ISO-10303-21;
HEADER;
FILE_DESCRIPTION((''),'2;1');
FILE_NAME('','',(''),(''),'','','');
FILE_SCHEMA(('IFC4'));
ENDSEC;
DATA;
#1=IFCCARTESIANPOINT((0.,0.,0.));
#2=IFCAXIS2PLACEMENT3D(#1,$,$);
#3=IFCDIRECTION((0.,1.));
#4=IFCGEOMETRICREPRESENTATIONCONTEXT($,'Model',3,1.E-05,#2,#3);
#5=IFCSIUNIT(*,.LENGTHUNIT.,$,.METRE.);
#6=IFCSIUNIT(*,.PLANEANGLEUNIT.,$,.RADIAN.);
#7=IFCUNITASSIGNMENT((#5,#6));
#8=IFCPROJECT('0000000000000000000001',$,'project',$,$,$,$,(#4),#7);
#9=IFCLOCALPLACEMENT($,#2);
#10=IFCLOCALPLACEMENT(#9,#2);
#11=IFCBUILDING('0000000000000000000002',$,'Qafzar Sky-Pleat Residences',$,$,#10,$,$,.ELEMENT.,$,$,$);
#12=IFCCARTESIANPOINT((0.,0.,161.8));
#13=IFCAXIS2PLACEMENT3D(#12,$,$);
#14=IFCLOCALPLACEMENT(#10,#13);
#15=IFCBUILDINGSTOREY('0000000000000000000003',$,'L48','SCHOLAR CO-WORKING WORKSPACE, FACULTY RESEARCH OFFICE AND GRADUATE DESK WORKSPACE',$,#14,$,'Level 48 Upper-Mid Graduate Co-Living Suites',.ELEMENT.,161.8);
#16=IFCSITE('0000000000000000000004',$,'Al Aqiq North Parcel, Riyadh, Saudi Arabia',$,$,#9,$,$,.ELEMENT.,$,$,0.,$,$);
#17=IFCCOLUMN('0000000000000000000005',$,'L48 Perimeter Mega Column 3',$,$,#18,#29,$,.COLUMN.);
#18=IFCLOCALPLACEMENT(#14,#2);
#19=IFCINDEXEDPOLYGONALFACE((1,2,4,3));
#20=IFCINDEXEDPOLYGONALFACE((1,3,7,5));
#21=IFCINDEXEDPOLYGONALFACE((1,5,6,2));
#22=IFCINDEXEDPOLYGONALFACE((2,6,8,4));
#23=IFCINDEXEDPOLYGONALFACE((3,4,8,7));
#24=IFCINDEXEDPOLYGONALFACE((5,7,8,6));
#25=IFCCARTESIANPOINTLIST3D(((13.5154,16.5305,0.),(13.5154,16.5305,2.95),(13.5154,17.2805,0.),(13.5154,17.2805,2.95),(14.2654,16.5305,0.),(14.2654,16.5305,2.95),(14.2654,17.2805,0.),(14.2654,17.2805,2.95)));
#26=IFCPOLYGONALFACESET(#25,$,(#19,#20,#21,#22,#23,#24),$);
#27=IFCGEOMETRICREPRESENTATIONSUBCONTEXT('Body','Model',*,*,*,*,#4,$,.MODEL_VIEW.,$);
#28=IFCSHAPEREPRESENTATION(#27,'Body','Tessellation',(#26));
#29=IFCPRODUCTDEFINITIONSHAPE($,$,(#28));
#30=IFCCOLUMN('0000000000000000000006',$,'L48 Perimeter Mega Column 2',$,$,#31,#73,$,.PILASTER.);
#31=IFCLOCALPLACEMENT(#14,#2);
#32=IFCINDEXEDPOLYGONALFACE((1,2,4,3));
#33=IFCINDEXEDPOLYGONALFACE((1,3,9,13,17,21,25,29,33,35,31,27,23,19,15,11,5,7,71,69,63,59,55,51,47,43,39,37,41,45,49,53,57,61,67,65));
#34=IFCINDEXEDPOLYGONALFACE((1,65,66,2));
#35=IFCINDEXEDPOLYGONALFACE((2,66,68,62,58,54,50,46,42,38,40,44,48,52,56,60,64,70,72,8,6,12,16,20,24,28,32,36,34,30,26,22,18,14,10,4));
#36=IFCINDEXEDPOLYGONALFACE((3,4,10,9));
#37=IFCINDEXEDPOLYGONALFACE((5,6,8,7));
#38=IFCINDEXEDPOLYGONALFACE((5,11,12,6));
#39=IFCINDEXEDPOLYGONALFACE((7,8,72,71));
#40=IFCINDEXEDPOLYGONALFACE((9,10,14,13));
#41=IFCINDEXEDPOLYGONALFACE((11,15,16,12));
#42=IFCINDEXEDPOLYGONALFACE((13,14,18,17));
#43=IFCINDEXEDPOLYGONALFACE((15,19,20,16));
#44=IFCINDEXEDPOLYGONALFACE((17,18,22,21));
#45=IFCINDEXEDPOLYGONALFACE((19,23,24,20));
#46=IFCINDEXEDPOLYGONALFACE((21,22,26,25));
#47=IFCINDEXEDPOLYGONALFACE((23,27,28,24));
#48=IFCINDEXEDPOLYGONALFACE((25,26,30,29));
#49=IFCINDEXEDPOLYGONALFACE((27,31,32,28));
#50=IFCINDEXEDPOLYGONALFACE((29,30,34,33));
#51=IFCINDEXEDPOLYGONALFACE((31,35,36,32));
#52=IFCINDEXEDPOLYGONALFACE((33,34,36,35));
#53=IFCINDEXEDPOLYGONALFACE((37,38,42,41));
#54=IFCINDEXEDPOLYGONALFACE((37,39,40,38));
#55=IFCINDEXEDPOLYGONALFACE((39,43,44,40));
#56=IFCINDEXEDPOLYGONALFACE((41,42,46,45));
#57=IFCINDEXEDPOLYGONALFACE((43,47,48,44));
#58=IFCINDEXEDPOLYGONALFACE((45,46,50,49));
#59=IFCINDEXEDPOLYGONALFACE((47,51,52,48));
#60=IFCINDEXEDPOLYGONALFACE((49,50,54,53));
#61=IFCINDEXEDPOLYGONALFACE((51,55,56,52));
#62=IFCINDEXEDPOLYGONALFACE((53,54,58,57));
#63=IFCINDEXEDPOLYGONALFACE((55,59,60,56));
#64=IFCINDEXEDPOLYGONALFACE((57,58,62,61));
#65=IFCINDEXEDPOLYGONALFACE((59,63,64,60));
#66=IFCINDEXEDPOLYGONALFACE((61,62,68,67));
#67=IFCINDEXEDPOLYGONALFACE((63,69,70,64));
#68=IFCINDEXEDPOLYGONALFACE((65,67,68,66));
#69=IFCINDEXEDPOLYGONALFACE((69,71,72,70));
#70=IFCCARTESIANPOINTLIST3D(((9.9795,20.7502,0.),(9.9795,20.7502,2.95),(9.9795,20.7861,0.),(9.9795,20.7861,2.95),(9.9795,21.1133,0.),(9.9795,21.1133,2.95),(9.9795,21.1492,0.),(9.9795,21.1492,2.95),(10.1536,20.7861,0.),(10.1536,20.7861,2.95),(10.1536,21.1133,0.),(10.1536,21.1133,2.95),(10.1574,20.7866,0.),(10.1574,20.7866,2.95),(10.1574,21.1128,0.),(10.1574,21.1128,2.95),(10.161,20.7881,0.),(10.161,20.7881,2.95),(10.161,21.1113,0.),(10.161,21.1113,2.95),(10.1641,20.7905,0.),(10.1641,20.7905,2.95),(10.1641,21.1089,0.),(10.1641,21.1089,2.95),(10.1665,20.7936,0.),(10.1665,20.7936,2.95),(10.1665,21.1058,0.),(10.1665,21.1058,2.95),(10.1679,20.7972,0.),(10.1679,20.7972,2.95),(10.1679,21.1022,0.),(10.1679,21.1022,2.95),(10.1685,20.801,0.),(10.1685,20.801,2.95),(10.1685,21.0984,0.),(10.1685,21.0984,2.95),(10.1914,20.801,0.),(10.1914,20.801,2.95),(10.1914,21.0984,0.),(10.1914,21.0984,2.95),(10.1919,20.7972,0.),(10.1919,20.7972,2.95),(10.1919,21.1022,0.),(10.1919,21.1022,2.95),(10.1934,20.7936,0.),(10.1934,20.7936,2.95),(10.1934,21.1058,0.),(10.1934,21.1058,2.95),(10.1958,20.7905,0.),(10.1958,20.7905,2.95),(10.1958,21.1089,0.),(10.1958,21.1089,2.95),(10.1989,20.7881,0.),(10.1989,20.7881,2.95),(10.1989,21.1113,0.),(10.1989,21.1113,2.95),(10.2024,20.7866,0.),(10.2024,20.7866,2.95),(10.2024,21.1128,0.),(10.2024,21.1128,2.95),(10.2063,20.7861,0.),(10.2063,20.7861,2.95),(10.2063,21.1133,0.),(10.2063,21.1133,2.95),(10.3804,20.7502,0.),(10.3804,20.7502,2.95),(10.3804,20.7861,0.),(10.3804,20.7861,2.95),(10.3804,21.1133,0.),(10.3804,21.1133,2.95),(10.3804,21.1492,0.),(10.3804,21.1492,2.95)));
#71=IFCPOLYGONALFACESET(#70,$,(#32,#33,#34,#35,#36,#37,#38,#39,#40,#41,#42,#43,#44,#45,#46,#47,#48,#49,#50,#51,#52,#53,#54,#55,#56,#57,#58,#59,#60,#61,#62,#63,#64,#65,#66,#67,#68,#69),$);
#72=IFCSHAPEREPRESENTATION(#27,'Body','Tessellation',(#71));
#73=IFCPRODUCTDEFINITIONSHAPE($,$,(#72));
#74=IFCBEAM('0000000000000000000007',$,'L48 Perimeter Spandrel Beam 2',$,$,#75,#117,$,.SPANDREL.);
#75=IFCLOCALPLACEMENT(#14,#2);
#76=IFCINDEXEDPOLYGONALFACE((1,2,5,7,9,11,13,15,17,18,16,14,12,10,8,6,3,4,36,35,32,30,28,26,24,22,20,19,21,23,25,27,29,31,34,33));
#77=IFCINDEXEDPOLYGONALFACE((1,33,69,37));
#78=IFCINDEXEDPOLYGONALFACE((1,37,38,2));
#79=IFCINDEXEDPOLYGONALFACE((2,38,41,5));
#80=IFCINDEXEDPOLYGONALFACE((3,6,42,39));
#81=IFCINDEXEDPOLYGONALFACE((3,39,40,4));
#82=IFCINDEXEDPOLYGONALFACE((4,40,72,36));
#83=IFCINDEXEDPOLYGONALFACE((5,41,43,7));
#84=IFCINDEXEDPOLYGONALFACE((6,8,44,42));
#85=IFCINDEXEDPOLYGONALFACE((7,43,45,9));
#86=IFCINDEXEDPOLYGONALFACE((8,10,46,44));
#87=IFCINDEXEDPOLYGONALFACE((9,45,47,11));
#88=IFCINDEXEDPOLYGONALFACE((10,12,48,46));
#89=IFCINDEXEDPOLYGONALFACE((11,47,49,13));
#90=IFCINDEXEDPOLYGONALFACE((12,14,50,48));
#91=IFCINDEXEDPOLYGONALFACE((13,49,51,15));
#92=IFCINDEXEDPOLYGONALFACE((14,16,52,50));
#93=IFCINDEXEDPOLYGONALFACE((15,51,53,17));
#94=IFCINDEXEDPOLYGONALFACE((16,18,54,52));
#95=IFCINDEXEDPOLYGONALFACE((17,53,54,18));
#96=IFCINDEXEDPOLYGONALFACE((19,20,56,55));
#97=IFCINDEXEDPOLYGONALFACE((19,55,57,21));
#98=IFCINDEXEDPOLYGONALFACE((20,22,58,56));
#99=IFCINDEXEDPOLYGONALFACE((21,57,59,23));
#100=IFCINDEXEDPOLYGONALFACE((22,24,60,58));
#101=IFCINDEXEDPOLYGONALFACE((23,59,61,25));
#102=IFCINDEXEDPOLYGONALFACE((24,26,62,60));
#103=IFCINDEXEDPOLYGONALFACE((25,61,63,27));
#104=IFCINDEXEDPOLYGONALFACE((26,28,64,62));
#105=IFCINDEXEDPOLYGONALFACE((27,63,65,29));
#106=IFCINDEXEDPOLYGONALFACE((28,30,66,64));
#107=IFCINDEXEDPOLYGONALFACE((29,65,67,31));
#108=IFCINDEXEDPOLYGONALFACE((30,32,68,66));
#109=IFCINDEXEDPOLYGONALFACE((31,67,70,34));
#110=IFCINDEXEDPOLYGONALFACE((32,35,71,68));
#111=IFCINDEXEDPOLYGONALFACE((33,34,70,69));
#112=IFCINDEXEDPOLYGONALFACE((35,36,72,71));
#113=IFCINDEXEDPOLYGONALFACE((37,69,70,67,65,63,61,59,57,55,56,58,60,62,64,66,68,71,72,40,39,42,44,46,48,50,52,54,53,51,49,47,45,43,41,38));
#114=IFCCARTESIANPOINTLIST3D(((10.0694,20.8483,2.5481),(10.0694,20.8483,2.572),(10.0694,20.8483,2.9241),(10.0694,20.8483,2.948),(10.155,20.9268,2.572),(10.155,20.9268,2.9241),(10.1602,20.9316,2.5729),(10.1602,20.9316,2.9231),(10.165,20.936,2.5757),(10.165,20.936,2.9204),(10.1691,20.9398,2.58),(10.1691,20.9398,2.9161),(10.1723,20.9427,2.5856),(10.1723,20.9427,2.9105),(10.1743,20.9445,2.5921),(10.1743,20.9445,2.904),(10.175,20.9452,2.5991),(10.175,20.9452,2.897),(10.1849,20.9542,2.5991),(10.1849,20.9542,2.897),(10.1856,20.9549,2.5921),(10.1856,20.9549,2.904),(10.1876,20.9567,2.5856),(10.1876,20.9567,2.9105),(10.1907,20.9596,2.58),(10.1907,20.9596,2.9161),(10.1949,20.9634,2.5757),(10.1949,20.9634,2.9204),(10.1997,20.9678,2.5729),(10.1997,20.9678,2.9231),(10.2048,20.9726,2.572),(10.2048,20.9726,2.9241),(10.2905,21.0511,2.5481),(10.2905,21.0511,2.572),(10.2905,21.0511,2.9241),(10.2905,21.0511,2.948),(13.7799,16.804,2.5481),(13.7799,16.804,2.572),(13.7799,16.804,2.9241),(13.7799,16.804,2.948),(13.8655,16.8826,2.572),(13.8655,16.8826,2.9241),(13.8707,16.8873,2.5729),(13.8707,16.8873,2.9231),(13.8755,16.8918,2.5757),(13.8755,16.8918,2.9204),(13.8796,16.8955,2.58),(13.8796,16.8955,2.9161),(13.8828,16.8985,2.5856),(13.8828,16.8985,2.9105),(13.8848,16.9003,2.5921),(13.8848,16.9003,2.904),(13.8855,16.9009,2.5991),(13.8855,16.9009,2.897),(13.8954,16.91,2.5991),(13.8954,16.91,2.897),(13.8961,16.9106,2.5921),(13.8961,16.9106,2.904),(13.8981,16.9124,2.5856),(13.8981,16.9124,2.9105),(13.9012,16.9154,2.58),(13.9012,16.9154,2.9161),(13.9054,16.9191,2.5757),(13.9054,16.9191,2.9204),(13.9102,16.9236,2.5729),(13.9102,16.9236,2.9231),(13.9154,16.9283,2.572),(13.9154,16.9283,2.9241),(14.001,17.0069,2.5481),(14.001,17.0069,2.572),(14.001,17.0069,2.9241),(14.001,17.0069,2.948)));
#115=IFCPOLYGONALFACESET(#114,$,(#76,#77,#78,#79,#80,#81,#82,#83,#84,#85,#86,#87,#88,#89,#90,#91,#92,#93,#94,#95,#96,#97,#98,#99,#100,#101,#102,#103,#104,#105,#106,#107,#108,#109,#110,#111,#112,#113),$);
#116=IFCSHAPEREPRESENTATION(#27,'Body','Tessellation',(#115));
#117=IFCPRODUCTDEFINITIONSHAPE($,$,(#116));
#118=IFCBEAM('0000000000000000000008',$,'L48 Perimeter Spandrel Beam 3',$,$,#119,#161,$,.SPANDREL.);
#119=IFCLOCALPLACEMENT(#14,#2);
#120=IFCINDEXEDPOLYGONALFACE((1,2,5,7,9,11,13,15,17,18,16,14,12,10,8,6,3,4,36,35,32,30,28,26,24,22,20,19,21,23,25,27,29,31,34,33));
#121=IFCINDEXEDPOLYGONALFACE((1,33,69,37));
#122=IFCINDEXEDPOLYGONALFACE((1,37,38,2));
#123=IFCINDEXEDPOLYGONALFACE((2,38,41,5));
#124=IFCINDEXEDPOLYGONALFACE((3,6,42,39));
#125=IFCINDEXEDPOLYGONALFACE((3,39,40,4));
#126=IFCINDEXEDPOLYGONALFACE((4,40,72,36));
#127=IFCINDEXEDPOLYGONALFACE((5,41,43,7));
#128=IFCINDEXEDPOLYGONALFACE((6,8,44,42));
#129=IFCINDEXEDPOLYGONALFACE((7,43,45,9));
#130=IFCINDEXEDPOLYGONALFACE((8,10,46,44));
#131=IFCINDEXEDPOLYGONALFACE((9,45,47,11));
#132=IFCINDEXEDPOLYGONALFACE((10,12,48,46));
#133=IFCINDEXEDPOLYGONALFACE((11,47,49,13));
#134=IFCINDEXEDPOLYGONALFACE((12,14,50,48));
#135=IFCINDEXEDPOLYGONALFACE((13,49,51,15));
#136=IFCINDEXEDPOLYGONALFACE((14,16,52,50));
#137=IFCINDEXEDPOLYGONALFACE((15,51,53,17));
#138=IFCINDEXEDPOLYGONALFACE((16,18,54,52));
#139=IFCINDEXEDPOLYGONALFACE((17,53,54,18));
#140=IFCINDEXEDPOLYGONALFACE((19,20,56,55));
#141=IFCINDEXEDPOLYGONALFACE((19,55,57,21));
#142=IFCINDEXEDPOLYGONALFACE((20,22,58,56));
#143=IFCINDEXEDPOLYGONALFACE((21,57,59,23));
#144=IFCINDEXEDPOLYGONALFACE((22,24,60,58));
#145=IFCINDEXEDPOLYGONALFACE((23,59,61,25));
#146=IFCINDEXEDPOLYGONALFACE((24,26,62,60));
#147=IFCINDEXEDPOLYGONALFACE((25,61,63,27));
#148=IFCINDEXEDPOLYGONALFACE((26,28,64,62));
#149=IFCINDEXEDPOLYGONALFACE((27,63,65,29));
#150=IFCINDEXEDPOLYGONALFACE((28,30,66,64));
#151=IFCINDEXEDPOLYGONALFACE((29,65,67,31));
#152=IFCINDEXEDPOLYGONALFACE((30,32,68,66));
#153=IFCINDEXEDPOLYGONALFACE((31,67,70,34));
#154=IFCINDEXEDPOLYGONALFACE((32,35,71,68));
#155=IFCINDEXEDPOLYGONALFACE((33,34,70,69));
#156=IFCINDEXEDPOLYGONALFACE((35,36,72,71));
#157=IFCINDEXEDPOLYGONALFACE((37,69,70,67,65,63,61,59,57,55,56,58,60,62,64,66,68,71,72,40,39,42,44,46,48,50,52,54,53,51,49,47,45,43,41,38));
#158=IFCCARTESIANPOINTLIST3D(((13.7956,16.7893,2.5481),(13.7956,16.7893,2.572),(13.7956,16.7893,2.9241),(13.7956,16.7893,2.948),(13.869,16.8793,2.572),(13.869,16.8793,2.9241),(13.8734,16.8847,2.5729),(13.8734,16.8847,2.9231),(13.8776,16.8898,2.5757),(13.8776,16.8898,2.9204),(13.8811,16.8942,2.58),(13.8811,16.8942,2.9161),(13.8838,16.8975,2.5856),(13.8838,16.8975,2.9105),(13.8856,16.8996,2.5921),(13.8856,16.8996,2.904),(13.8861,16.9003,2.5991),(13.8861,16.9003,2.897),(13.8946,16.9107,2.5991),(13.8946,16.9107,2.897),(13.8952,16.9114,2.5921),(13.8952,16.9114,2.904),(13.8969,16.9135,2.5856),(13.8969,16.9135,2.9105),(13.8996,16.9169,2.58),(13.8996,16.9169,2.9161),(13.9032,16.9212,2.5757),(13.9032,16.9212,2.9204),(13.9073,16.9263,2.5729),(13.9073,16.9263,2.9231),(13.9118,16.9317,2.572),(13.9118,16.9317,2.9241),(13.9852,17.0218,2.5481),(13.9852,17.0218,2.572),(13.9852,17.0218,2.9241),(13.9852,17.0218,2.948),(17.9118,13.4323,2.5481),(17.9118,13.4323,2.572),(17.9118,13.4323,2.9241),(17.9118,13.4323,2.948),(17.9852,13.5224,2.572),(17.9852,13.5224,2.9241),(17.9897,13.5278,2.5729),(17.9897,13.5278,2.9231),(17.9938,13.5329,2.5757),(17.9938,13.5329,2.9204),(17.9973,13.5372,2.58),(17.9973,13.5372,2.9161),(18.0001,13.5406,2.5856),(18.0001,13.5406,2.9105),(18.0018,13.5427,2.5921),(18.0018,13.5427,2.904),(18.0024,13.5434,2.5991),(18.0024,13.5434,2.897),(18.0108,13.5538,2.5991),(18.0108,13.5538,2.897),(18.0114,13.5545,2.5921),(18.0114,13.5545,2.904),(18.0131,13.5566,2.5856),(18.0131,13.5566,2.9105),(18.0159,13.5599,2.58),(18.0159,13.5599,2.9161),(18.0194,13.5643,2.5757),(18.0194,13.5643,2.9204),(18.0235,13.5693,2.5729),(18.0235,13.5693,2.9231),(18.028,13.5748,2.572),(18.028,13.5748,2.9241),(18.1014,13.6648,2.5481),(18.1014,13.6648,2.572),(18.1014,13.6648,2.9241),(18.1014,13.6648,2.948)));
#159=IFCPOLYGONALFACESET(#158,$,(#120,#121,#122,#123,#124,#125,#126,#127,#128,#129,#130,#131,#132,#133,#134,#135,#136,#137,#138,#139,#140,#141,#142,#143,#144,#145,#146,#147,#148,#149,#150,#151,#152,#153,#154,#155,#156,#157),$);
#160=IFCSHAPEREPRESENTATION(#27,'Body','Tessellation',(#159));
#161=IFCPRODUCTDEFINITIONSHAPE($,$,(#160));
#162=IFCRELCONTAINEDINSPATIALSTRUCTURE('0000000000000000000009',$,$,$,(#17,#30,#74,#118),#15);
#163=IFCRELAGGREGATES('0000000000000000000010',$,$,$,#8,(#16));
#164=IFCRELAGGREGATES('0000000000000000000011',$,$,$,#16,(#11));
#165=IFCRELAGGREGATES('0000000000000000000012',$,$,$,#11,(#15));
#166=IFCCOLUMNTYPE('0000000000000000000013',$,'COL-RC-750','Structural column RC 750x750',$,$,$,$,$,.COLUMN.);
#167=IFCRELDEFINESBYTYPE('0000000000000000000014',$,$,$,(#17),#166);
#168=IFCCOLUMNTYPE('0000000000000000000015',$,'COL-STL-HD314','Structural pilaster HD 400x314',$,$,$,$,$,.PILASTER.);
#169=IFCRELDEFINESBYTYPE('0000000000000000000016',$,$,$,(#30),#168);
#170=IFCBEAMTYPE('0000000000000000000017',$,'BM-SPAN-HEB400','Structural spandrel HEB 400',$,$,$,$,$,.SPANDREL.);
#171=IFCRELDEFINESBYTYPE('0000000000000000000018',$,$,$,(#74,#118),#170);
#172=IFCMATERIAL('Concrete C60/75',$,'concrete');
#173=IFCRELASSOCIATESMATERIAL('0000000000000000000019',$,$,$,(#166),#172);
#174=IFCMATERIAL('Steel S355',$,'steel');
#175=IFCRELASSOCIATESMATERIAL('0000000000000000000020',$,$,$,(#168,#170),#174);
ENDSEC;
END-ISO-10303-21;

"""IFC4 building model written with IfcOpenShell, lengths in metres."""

from ifc_helpers import new_model, si_unit, direction, frame, origin, origin_2d, place, context, subcontext, project, spatial, rectangle, i_section, extrude, source, transform, mapped, material, material_profile, profile_set, type_object, element, save


model = new_model("IFC4")

# Units and contexts
model_context = context("Model", 3, precision=1e-05, world=origin(), true_north=direction((0.0, 1.0)))
body_context = subcontext(model_context, "Body", "Model", "MODEL_VIEW")
ifc_project = project(units=[si_unit("LENGTHUNIT", "METRE"), si_unit("PLANEANGLEUNIT", "RADIAN")], contexts=[model_context])

# Site, building, storey
site_placement = place(None, origin())
site = spatial("IfcSite", under=ifc_project, at=site_placement, Name="Al Aqiq North Parcel, Riyadh, Saudi Arabia", CompositionType="ELEMENT", RefElevation=0.0)
building_placement = place(site_placement, origin())
building = spatial("IfcBuilding", under=site, at=building_placement, Name="Qafzar Sky-Pleat Residences", CompositionType="ELEMENT")
storey_placement = place(building_placement, frame((0.0, 0.0, 161.8)))
storey = spatial("IfcBuildingStorey", under=building, at=storey_placement, Name="L48", Description="SCHOLAR CO-WORKING WORKSPACE, FACULTY RESEARCH OFFICE AND GRADUATE DESK WORKSPACE", LongName="Level 48 Upper-Mid Graduate Co-Living Suites", CompositionType="ELEMENT", Elevation=161.8)

# Columns
ifc_material_1 = material(Name="Concrete C60/75", Category="concrete")
ifc_material_profile_1 = material_profile(ifc_material_1, rectangle(XDim=0.75, YDim=0.75, at=origin_2d()), Name="RC 750x750")
ifc_profile_set_1 = profile_set([ifc_material_profile_1], Name="Concrete C60/75")
column_type_1 = type_object("IfcColumnType", Name="COL-RC-750", Description="Structural column RC 750x750", PredefinedType="COLUMN", material=ifc_profile_set_1)
shared_shape_1 = source(origin(), body_context, "Body", "SweptSolid", [
    extrude(rectangle(XDim=0.75, YDim=0.75, at=origin_2d()), origin(), (0.0, 0.0, 1.0), 2.95),
])
column_1_placement = place(storey_placement, frame((13.8904, 16.9055, 0.0), z_axis=(0.0, 0.0, 1.0), x_axis=(1.0, 0.0, 0.0)))
element("IfcColumn", 1, at=column_1_placement, inside=storey, type_object=column_type_1, Name="L48 Perimeter Mega Column 3", PredefinedType="COLUMN", context=body_context, shape_type="MappedRepresentation", body=[
    mapped(shared_shape_1, transform((0.0, 0.0, 0.0), x_axis=(1.0, 0.0, 0.0), y_axis=(0.0, 1.0, 0.0), z_axis=(0.0, 0.0, 1.0), scale=1.0)),
])
ifc_material_2 = material(Name="Steel S355", Category="steel")
ifc_material_profile_2 = material_profile(ifc_material_2, i_section(OverallWidth=0.4009, OverallDepth=0.3989, WebThickness=0.0229, FlangeThickness=0.0359, FilletRadius=0.0149, at=origin_2d()), Name="HD 400x314")
ifc_profile_set_2 = profile_set([ifc_material_profile_2], Name="Steel S355")
column_type_2 = type_object("IfcColumnType", Name="COL-STL-HD314", Description="Structural pilaster HD 400x314", PredefinedType="PILASTER", material=ifc_profile_set_2)
shared_shape_2 = source(origin(), body_context, "Body", "SweptSolid", [
    extrude(i_section(OverallWidth=0.4009, OverallDepth=0.3989, WebThickness=0.0229, FlangeThickness=0.0359, FilletRadius=0.0149, at=origin_2d()), origin(), (0.0, 0.0, 1.0), 2.95),
])
column_2_placement = place(storey_placement, frame((10.1799, 20.9497, 0.0), z_axis=(0.0, 0.0, 1.0), x_axis=(1.0, 0.0, 0.0)))
element("IfcColumn", 2, at=column_2_placement, inside=storey, type_object=column_type_2, Name="L48 Perimeter Mega Column 2", PredefinedType="PILASTER", context=body_context, shape_type="MappedRepresentation", body=[
    mapped(shared_shape_2, transform((0.0, 0.0, 0.0), x_axis=(1.0, 0.0, 0.0), y_axis=(0.0, 1.0, 0.0), z_axis=(0.0, 0.0, 1.0), scale=1.0)),
])

# Beams
ifc_material_profile_3 = material_profile(ifc_material_2, i_section(OverallWidth=0.3, OverallDepth=0.3999, WebThickness=0.0134, FlangeThickness=0.0239, FilletRadius=0.0271, at=origin_2d()), Name="HEB 400")
ifc_profile_set_3 = profile_set([ifc_material_profile_3], Name="Steel S355")
beam_type_1 = type_object("IfcBeamType", Name="BM-SPAN-HEB400", Description="Structural spandrel HEB 400", PredefinedType="SPANDREL", material=ifc_profile_set_3)
shared_shape_3 = source(origin(), body_context, "Body", "SweptSolid", [
    extrude(i_section(OverallWidth=0.3, OverallDepth=0.3999, WebThickness=0.0134, FlangeThickness=0.0239, FilletRadius=0.0271, at=origin_2d()), origin(), (0.0, 0.0, 1.0), 5.4885),
])
beam_1_placement = place(storey_placement, frame((10.1799, 20.9497, 2.748), z_axis=(0.676049, -0.736857, 0.0), x_axis=(0.736857, 0.676049, 0.0)))
element("IfcBeam", 3, at=beam_1_placement, inside=storey, type_object=beam_type_1, Name="L48 Perimeter Spandrel Beam 2", PredefinedType="SPANDREL", context=body_context, shape_type="MappedRepresentation", body=[
    mapped(shared_shape_3, transform((0.0, 0.0, 0.0), x_axis=(1.0, 0.0, 0.0), y_axis=(0.0, 1.0, 0.0), z_axis=(0.0, 0.0, 1.0), scale=1.0)),
])
shared_shape_4 = source(origin(), body_context, "Body", "SweptSolid", [
    extrude(i_section(OverallWidth=0.3, OverallDepth=0.3999, WebThickness=0.0134, FlangeThickness=0.0239, FilletRadius=0.0271, at=origin_2d()), origin(), (0.0, 0.0, 1.0), 5.3115),
])
beam_2_placement = place(storey_placement, frame((13.8904, 16.9055, 2.748), z_axis=(0.77496, -0.632011, 0.0), x_axis=(0.632011, 0.77496, 0.0)))
element("IfcBeam", 4, at=beam_2_placement, inside=storey, type_object=beam_type_1, Name="L48 Perimeter Spandrel Beam 3", PredefinedType="SPANDREL", context=body_context, shape_type="MappedRepresentation", body=[
    mapped(shared_shape_4, transform((0.0, 0.0, 0.0), x_axis=(1.0, 0.0, 0.0), y_axis=(0.0, 1.0, 0.0), z_axis=(0.0, 0.0, 1.0), scale=1.0)),
])

save(model, "model.ifc")
